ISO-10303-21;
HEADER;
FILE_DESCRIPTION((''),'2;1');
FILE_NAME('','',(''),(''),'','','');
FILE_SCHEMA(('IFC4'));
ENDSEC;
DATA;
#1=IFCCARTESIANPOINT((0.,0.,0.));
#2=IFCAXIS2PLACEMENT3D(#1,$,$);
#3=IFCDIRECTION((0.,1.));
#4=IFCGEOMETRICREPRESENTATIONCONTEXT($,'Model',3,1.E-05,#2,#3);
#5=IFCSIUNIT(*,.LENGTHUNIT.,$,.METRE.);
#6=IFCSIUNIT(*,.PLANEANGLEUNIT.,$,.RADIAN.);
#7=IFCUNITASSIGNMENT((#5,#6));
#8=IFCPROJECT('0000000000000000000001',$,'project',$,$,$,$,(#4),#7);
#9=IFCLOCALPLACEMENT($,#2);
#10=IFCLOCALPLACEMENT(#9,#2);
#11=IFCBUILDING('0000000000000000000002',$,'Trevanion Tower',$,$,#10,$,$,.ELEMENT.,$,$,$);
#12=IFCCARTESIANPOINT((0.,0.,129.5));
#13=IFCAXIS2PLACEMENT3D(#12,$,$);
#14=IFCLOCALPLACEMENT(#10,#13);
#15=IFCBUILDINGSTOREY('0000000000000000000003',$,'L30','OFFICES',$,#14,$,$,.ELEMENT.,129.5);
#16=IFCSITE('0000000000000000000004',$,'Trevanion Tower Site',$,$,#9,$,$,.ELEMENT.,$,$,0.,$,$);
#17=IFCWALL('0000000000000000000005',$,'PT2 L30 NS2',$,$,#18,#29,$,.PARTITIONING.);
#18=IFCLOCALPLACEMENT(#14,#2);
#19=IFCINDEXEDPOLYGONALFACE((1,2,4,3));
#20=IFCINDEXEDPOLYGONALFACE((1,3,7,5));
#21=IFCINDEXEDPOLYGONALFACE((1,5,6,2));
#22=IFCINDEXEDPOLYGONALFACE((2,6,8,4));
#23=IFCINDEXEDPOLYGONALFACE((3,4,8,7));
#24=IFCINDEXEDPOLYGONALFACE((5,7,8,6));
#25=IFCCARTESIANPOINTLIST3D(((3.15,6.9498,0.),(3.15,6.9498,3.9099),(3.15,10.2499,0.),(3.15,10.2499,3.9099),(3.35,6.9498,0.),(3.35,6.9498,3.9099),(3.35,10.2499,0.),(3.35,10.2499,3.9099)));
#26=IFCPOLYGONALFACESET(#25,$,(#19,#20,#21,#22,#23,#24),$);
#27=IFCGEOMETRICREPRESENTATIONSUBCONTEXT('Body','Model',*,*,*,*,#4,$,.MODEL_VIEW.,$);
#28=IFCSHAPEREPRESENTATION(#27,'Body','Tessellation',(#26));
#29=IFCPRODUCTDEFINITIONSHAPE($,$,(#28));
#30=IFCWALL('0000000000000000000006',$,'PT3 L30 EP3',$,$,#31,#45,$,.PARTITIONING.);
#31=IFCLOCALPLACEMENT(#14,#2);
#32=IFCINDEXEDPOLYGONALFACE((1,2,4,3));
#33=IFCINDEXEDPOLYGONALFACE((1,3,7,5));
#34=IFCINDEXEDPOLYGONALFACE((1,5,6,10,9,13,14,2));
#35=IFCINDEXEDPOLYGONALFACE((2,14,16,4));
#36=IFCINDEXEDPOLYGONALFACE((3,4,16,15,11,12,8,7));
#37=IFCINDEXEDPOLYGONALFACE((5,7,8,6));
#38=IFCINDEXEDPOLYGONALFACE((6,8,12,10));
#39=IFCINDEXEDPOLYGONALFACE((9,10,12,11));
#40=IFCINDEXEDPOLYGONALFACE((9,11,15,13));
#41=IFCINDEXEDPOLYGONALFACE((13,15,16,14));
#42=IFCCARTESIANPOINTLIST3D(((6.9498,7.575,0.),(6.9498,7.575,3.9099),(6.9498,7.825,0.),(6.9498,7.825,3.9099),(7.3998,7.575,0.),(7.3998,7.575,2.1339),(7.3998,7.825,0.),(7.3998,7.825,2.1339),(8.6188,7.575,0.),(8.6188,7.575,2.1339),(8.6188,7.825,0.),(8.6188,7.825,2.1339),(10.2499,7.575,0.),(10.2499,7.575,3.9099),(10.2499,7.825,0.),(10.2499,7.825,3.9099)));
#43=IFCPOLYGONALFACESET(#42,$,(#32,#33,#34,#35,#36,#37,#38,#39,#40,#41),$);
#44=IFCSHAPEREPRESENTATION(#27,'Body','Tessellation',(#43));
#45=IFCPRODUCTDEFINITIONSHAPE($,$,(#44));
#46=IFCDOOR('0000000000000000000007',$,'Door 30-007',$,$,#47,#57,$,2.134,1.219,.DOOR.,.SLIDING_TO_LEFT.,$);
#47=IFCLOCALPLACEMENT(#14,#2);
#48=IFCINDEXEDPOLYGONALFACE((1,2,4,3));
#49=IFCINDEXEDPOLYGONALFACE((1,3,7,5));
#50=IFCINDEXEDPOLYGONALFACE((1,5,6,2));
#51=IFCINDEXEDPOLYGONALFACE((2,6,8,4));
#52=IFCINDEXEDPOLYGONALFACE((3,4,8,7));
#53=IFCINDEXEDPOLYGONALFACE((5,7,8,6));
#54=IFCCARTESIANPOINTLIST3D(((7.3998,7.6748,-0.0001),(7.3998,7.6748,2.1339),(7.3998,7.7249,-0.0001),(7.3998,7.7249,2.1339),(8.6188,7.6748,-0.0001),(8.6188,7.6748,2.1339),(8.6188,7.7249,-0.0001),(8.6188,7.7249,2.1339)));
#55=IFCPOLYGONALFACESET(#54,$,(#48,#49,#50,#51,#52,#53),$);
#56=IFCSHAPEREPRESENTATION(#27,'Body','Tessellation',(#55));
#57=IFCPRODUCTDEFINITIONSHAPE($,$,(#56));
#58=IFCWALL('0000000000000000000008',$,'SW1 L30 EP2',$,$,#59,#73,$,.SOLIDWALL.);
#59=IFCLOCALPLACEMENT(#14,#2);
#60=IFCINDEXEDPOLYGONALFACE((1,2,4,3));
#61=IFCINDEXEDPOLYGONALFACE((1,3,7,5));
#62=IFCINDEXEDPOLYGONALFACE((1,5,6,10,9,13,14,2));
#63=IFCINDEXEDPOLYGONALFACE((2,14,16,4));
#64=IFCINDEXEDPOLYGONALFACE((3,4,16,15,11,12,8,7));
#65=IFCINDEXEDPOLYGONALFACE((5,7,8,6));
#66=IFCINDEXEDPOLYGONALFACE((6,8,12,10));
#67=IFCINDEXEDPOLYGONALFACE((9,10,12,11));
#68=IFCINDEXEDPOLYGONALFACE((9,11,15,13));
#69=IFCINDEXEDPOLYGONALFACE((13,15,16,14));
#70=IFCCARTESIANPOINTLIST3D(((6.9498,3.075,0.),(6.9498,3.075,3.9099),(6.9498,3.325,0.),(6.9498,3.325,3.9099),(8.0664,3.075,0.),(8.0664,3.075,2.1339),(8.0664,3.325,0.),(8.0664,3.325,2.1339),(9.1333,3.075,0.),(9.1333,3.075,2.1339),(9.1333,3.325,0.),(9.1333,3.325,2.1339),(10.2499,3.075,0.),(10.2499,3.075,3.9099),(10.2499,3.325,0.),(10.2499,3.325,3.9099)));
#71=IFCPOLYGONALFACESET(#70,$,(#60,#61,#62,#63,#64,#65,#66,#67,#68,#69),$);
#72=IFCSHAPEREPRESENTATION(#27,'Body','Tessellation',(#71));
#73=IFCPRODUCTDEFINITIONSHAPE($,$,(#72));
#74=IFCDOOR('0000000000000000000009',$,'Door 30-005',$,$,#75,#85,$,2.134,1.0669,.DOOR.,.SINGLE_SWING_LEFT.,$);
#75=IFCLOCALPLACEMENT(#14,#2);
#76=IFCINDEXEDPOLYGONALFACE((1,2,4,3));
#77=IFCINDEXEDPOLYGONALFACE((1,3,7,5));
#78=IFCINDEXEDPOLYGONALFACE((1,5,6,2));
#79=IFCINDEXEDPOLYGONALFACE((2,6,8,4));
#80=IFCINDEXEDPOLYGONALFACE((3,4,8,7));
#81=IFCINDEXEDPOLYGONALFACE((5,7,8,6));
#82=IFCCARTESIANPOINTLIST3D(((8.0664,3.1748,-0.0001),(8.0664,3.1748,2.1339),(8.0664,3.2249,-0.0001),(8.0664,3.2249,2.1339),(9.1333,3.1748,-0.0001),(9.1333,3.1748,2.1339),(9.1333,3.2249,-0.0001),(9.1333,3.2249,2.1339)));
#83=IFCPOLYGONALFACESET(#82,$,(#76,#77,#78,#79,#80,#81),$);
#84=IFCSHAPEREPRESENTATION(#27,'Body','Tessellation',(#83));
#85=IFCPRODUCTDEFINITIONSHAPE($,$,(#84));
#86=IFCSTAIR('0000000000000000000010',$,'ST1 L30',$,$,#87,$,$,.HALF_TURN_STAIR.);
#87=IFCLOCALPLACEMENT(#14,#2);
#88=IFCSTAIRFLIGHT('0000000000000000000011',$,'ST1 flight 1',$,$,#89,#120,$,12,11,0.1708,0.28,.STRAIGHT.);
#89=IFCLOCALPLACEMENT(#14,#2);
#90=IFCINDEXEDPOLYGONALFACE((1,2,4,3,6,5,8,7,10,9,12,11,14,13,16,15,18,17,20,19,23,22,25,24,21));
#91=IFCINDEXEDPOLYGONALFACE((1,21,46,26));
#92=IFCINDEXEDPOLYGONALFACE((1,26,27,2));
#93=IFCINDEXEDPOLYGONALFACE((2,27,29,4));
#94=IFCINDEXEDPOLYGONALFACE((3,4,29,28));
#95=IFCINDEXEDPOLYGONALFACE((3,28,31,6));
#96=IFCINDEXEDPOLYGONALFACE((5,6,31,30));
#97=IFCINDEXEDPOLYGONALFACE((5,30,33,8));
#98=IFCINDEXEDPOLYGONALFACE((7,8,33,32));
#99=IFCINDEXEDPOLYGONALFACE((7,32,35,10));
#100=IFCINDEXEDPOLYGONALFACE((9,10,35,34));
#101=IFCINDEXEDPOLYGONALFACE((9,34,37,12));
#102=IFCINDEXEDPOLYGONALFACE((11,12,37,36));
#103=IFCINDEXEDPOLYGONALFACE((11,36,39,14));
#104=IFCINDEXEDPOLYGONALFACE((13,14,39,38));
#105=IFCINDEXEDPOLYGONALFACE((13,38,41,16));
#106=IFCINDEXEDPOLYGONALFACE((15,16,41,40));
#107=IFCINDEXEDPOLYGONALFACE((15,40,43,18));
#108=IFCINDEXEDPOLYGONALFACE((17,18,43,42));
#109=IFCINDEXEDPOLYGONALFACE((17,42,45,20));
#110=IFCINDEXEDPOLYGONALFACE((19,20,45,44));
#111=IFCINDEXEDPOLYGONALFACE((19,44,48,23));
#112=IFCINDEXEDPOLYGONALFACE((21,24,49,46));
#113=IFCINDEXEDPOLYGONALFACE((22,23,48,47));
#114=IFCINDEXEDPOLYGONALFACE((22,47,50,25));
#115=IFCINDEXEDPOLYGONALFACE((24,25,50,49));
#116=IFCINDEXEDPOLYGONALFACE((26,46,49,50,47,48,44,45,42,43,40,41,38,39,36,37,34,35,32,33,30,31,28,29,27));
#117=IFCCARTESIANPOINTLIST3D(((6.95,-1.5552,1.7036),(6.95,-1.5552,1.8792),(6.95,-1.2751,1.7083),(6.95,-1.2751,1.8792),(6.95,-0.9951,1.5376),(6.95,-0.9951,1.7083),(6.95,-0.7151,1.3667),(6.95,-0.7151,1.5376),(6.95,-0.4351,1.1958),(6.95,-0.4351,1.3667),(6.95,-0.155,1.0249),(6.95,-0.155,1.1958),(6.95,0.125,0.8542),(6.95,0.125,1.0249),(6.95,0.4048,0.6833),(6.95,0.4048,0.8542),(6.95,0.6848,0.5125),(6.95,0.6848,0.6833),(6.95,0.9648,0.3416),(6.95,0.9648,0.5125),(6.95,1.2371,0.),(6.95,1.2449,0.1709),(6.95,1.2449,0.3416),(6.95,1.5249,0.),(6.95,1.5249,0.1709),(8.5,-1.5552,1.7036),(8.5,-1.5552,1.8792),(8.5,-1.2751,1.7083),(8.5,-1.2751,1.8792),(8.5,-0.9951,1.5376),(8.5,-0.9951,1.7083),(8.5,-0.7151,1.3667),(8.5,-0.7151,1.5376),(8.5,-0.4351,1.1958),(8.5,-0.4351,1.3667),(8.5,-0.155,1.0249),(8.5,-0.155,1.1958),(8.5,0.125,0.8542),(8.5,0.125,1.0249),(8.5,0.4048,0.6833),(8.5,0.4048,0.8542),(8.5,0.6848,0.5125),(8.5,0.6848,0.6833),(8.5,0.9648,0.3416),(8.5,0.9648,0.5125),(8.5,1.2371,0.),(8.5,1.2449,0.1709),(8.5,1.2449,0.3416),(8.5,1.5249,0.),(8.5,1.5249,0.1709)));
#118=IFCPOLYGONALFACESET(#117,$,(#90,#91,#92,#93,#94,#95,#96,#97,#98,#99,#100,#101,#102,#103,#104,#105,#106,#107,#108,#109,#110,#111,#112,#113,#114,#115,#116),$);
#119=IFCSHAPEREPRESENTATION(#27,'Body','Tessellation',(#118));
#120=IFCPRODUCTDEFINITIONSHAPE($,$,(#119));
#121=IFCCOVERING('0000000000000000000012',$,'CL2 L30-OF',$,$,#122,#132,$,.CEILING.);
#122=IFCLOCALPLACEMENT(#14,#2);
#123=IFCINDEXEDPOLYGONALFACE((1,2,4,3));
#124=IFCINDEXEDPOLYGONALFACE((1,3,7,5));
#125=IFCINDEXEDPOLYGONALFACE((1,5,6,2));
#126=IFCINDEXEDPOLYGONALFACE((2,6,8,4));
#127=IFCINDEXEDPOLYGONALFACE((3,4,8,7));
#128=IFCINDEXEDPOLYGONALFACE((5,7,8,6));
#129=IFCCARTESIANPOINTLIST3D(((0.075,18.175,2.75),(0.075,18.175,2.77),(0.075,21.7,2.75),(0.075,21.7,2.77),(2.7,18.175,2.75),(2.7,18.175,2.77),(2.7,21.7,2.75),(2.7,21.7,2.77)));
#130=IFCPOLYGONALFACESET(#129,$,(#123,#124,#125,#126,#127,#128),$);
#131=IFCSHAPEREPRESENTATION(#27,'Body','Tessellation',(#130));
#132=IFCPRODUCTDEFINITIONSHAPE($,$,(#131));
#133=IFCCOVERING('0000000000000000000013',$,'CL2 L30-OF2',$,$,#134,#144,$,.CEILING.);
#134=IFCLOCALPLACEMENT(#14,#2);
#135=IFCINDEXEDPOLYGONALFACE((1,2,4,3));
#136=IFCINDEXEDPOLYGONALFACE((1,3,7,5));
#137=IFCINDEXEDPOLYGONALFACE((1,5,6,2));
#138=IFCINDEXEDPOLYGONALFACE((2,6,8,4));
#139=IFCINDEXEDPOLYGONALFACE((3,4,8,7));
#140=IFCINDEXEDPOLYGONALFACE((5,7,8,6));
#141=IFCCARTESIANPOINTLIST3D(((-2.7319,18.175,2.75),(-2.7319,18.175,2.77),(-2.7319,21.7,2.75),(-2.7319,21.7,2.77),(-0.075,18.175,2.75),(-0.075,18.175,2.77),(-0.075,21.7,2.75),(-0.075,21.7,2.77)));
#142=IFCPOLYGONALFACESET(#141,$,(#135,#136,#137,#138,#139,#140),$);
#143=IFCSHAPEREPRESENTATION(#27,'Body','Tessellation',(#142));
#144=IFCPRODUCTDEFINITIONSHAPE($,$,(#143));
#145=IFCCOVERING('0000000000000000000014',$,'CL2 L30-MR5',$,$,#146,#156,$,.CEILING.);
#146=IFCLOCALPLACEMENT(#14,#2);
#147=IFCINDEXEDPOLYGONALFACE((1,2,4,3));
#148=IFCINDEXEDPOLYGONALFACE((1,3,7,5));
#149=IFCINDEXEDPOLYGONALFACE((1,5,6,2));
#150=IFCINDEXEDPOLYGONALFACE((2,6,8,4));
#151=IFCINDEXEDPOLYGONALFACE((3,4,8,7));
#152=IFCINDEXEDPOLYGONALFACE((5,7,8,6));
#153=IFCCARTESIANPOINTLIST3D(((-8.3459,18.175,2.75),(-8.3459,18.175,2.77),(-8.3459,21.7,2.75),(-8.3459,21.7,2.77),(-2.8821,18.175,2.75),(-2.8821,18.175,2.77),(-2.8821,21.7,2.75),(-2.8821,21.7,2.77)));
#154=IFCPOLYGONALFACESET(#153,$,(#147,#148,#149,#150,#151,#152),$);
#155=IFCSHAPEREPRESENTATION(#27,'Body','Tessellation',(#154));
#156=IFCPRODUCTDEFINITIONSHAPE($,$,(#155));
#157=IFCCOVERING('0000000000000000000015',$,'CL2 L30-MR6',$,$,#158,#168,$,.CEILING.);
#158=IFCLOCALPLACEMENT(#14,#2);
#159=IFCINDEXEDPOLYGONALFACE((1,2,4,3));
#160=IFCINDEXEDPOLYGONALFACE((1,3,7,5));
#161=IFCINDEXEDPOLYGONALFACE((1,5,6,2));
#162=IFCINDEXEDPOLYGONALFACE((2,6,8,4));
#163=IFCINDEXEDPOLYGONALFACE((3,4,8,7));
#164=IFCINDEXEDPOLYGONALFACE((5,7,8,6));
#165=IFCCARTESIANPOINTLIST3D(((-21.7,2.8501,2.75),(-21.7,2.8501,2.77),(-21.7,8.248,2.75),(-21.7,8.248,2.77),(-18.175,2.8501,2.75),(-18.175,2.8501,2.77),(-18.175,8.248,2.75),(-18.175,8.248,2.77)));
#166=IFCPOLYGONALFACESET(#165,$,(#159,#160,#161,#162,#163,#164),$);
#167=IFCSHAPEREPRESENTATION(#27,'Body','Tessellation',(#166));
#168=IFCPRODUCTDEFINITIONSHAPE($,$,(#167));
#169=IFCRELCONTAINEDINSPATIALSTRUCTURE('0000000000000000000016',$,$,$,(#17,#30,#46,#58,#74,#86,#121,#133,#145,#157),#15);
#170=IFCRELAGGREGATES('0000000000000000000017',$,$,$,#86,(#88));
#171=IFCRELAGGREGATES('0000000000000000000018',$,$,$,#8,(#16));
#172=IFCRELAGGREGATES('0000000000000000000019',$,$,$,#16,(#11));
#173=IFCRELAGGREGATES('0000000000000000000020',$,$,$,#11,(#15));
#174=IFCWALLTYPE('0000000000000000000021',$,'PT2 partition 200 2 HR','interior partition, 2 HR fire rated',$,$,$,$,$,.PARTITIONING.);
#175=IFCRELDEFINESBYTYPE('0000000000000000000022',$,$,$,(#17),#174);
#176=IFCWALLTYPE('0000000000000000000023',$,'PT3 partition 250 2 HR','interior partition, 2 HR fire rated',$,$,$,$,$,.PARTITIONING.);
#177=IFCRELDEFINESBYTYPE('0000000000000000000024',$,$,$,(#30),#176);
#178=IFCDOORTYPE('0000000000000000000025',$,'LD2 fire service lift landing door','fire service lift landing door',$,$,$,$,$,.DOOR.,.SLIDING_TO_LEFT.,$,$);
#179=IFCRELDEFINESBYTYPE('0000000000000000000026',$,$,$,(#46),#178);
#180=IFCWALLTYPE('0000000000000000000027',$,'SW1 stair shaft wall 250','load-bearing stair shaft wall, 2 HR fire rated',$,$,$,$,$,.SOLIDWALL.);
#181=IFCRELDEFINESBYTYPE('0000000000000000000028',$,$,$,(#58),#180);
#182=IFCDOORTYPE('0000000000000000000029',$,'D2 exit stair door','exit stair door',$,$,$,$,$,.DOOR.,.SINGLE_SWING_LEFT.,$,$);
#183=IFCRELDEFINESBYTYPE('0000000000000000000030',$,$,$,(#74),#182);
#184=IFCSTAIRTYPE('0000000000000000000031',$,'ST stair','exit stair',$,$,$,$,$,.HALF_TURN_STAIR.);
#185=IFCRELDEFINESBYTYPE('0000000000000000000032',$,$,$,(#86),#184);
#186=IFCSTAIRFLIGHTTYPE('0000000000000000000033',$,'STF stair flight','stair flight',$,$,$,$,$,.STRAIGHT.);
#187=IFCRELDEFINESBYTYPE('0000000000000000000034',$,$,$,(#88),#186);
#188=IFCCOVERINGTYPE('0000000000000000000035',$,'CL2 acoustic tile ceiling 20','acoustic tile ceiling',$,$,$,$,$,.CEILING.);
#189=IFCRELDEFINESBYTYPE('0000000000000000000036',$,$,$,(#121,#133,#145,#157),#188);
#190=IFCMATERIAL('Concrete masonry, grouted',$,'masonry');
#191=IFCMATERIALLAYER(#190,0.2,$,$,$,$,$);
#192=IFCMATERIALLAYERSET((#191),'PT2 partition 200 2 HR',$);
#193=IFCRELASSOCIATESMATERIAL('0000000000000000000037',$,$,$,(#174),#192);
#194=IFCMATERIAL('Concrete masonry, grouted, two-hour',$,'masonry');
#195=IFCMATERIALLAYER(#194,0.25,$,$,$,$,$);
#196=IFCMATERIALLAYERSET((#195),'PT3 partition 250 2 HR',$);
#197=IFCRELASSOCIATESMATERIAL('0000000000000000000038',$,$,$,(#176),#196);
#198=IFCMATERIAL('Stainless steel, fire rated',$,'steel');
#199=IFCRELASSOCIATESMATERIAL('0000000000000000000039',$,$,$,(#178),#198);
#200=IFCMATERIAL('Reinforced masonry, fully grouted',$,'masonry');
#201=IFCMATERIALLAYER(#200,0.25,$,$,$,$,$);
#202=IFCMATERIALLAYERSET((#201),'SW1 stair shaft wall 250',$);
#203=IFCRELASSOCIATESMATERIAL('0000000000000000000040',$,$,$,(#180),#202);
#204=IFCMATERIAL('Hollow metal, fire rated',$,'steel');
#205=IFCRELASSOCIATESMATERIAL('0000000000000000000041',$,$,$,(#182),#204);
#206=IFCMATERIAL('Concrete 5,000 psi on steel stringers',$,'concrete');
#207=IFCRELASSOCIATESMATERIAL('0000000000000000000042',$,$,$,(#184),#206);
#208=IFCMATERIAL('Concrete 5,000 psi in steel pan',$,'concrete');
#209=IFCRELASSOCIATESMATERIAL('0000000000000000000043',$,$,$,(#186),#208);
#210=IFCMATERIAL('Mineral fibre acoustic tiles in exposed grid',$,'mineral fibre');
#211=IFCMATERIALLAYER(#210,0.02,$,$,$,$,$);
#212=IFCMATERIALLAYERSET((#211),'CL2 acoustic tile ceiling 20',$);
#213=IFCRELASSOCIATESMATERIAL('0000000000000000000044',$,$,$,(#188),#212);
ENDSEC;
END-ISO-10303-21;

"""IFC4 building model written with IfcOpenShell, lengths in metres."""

from ifc_helpers import new_model, si_unit, direction, frame, frame_2d, origin, place, context, subcontext, project, spatial, polyline, rectangle, outline, extrude, material, layer, layer_set, type_object, element, fill, aggregate, save


model = new_model("IFC4")

# Units and contexts
model_context = context("Model", 3, precision=1e-05, world=origin(), true_north=direction((0.0, 1.0)))
body_context = subcontext(model_context, "Body", "Model", "MODEL_VIEW")
ifc_project = project(units=[si_unit("LENGTHUNIT", "METRE"), si_unit("PLANEANGLEUNIT", "RADIAN")], contexts=[model_context])

# Site, building, storey
site_placement = place(None, origin())
site = spatial("IfcSite", under=ifc_project, at=site_placement, Name="Trevanion Tower Site", CompositionType="ELEMENT", RefElevation=0.0)
building_placement = place(site_placement, origin())
building = spatial("IfcBuilding", under=site, at=building_placement, Name="Trevanion Tower", CompositionType="ELEMENT")
storey_placement = place(building_placement, frame((0.0, 0.0, 129.5)))
storey = spatial("IfcBuildingStorey", under=building, at=storey_placement, Name="L30", Description="OFFICES", CompositionType="ELEMENT", Elevation=129.5)

# Wall
ifc_material_1 = material(Name="Concrete masonry, grouted", Category="masonry")
ifc_layer_1 = layer(ifc_material_1, 0.2)
ifc_layer_set_1 = layer_set([ifc_layer_1], Name="PT2 partition 200 2 HR")
wall_type_1 = type_object("IfcWallType", Name="PT2 partition 200 2 HR", Description="interior partition, 2 HR fire rated", PredefinedType="PARTITIONING", material=ifc_layer_set_1)
wall_1_placement = place(storey_placement, frame((3.25, 6.95, 0.0), z_axis=(0.0, 0.0, 1.0), x_axis=(0.0, 1.0, 0.0)))
element("IfcWall", 1, at=wall_1_placement, inside=storey, type_object=wall_type_1, Name="PT2 L30 NS2", PredefinedType="PARTITIONING", context=body_context, shape_type="SweptSolid", body=[
    extrude(rectangle(XDim=3.3, YDim=0.2, at=frame_2d((1.6499, 0.0))), origin(), (0.0, 0.0, 1.0), 3.9099),
])

# Walls, openings, doors
ifc_material_2 = material(Name="Concrete masonry, grouted, two-hour", Category="masonry")
ifc_layer_2 = layer(ifc_material_2, 0.25)
ifc_layer_set_2 = layer_set([ifc_layer_2], Name="PT3 partition 250 2 HR")
wall_type_2 = type_object("IfcWallType", Name="PT3 partition 250 2 HR", Description="interior partition, 2 HR fire rated", PredefinedType="PARTITIONING", material=ifc_layer_set_2)
wall_2_placement = place(storey_placement, frame((6.95, 7.7, 0.0), z_axis=(0.0, 0.0, 1.0), x_axis=(1.0, 0.0, 0.0)))
wall_2 = element("IfcWall", 2, at=wall_2_placement, inside=storey, type_object=wall_type_2, Name="PT3 L30 EP3", PredefinedType="PARTITIONING", context=body_context, shape_type="SweptSolid", body=[
    extrude(rectangle(XDim=3.3, YDim=0.25, at=frame_2d((1.6499, 0.0))), origin(), (0.0, 0.0, 1.0), 3.9099),
])
opening_1_placement = place(wall_2_placement, frame((0.45, 0.0, 0.0)))
opening_1 = element("IfcOpeningElement", 3, at=opening_1_placement, cuts=wall_2, PredefinedType="OPENING", context=body_context, shape_type="SweptSolid", body=[
    extrude(rectangle(XDim=1.219, YDim=2.134, at=frame_2d((0.6094, 1.0669))), frame((0.0, 0.135, 0.0), z_axis=(0.0, -1.0, 0.0), x_axis=(1.0, 0.0, 0.0)), (0.0, 0.0, 1.0), 0.27),
])
ifc_material_3 = material(Name="Stainless steel, fire rated", Category="steel")
door_type_1 = type_object("IfcDoorType", Name="LD2 fire service lift landing door", Description="fire service lift landing door", OperationType="SLIDING_TO_LEFT", PredefinedType="DOOR", material=ifc_material_3)
door_1_placement = place(opening_1_placement, origin())
door_1 = element("IfcDoor", 4, at=door_1_placement, inside=storey, type_object=door_type_1, Name="Door 30-007", OperationType="SLIDING_TO_LEFT", OverallHeight=2.134, OverallWidth=1.219, PredefinedType="DOOR", context=body_context, shape_type="SweptSolid", body=[
    extrude(rectangle(XDim=1.219, YDim=2.134, at=frame_2d((0.6094, 1.0669))), frame((0.0, 0.0249, 0.0), z_axis=(0.0, -1.0, 0.0), x_axis=(1.0, 0.0, 0.0)), (0.0, 0.0, 1.0), 0.05),
])
fill(opening_1, door_1)
ifc_material_4 = material(Name="Reinforced masonry, fully grouted", Category="masonry")
ifc_layer_3 = layer(ifc_material_4, 0.25)
ifc_layer_set_3 = layer_set([ifc_layer_3], Name="SW1 stair shaft wall 250")
wall_type_3 = type_object("IfcWallType", Name="SW1 stair shaft wall 250", Description="load-bearing stair shaft wall, 2 HR fire rated", PredefinedType="SOLIDWALL", material=ifc_layer_set_3)
wall_3_placement = place(storey_placement, frame((6.95, 3.2, 0.0), z_axis=(0.0, 0.0, 1.0), x_axis=(1.0, 0.0, 0.0)))
wall_3 = element("IfcWall", 5, at=wall_3_placement, inside=storey, type_object=wall_type_3, Name="SW1 L30 EP2", PredefinedType="SOLIDWALL", context=body_context, shape_type="SweptSolid", body=[
    extrude(rectangle(XDim=3.3, YDim=0.25, at=frame_2d((1.6499, 0.0))), origin(), (0.0, 0.0, 1.0), 3.9099),
])
opening_2_placement = place(wall_3_placement, frame((1.1165, 0.0, 0.0)))
opening_2 = element("IfcOpeningElement", 6, at=opening_2_placement, cuts=wall_3, PredefinedType="OPENING", context=body_context, shape_type="SweptSolid", body=[
    extrude(rectangle(XDim=1.0669, YDim=2.134, at=frame_2d((0.5334, 1.0669))), frame((0.0, 0.135, 0.0), z_axis=(0.0, -1.0, 0.0), x_axis=(1.0, 0.0, 0.0)), (0.0, 0.0, 1.0), 0.27),
])
ifc_material_5 = material(Name="Hollow metal, fire rated", Category="steel")
door_type_2 = type_object("IfcDoorType", Name="D2 exit stair door", Description="exit stair door", OperationType="SINGLE_SWING_LEFT", PredefinedType="DOOR", material=ifc_material_5)
door_2_placement = place(opening_2_placement, origin())
door_2 = element("IfcDoor", 7, at=door_2_placement, inside=storey, type_object=door_type_2, Name="Door 30-005", OperationType="SINGLE_SWING_LEFT", OverallHeight=2.134, OverallWidth=1.0669, PredefinedType="DOOR", context=body_context, shape_type="SweptSolid", body=[
    extrude(rectangle(XDim=1.0669, YDim=2.134, at=frame_2d((0.5334, 1.0669))), frame((0.0, 0.0249, 0.0), z_axis=(0.0, -1.0, 0.0), x_axis=(1.0, 0.0, 0.0)), (0.0, 0.0, 1.0), 0.05),
])
fill(opening_2, door_2)

# Stair, stair flight
ifc_material_6 = material(Name="Concrete 5,000 psi on steel stringers", Category="concrete")
stair_type = type_object("IfcStairType", Name="ST stair", Description="exit stair", PredefinedType="HALF_TURN_STAIR", material=ifc_material_6)
stair_placement = place(storey_placement, origin())
stair = element("IfcStair", 8, at=stair_placement, inside=storey, type_object=stair_type, Name="ST1 L30", PredefinedType="HALF_TURN_STAIR")
ifc_material_7 = material(Name="Concrete 5,000 psi in steel pan", Category="concrete")
stair_flight_type = type_object("IfcStairFlightType", Name="STF stair flight", Description="stair flight", PredefinedType="STRAIGHT", material=ifc_material_7)
stair_flight_placement = place(storey_placement, frame((7.7251, 1.5249, 0.0), z_axis=(0.0, 0.0, 1.0), x_axis=(0.0, -1.0, 0.0)))
stair_flight = element("IfcStairFlight", 9, at=stair_flight_placement, type_object=stair_flight_type, Name="ST1 flight 1", NumberOfRisers=12, NumberOfTreads=11, PredefinedType="STRAIGHT", RiserHeight=0.1708, TreadLength=0.28, context=body_context, shape_type="SweptSolid", body=[
    extrude(outline(polyline([(0.0, 0.0), (0.0, 0.1709), (0.28, 0.1709), (0.28, 0.3416), (0.5601, 0.3416), (0.5601, 0.5125), (0.8401, 0.5125), (0.8401, 0.6833), (1.1201, 0.6833), (1.1201, 0.8542), (1.3999, 0.8542), (1.3999, 1.0249), (1.6799, 1.0249), (1.6799, 1.1958), (1.96, 1.1958), (1.96, 1.3667), (2.24, 1.3667), (2.24, 1.5376), (2.52, 1.5376), (2.52, 1.7083), (2.8, 1.7083), (2.8, 1.8792), (3.0801, 1.8792), (3.0801, 2.05), (3.0801, 1.7036), (0.2878, 0.0), (0.0, 0.0)])), frame((0.0, 0.7749, 0.0), z_axis=(0.0, -1.0, 0.0), x_axis=(1.0, 0.0, 0.0)), (0.0, 0.0, 1.0), 1.55),
])
aggregate(stair, [stair_flight])

# Coverings
ifc_material_8 = material(Name="Mineral fibre acoustic tiles in exposed grid", Category="mineral fibre")
ifc_layer_4 = layer(ifc_material_8, 0.02)
ifc_layer_set_4 = layer_set([ifc_layer_4], Name="CL2 acoustic tile ceiling 20")
covering_type_1 = type_object("IfcCoveringType", Name="CL2 acoustic tile ceiling 20", Description="acoustic tile ceiling", PredefinedType="CEILING", material=ifc_layer_set_4)
covering_1_placement = place(storey_placement, frame((0.0, 0.0, 2.75)))
element("IfcCovering", 10, at=covering_1_placement, inside=storey, type_object=covering_type_1, Name="CL2 L30-OF", PredefinedType="CEILING", context=body_context, shape_type="SweptSolid", body=[
    extrude(outline(polyline([(2.7, 18.175), (0.075, 18.175), (0.075, 21.7), (2.7, 21.7), (2.7, 18.175)])), origin(), (0.0, 0.0, 1.0), 0.02),
])
covering_2_placement = place(storey_placement, frame((0.0, 0.0, 2.75)))
element("IfcCovering", 11, at=covering_2_placement, inside=storey, type_object=covering_type_1, Name="CL2 L30-OF2", PredefinedType="CEILING", context=body_context, shape_type="SweptSolid", body=[
    extrude(outline(polyline([(-0.075, 18.175), (-2.7319, 18.175), (-2.7319, 21.7), (-0.075, 21.7), (-0.075, 18.175)])), origin(), (0.0, 0.0, 1.0), 0.02),
])
covering_3_placement = place(storey_placement, frame((0.0, 0.0, 2.75)))
element("IfcCovering", 12, at=covering_3_placement, inside=storey, type_object=covering_type_1, Name="CL2 L30-MR5", PredefinedType="CEILING", context=body_context, shape_type="SweptSolid", body=[
    extrude(outline(polyline([(-2.8821, 18.175), (-8.3459, 18.175), (-8.3459, 21.7), (-2.8821, 21.7), (-2.8821, 18.175)])), origin(), (0.0, 0.0, 1.0), 0.02),
])
covering_4_placement = place(storey_placement, frame((0.0, 0.0, 2.75)))
element("IfcCovering", 13, at=covering_4_placement, inside=storey, type_object=covering_type_1, Name="CL2 L30-MR6", PredefinedType="CEILING", context=body_context, shape_type="SweptSolid", body=[
    extrude(outline(polyline([(-18.175, 8.248), (-18.175, 2.8501), (-21.7, 2.8501), (-21.7, 8.248), (-18.175, 8.248)])), origin(), (0.0, 0.0, 1.0), 0.02),
])

save(model, "model.ifc")
